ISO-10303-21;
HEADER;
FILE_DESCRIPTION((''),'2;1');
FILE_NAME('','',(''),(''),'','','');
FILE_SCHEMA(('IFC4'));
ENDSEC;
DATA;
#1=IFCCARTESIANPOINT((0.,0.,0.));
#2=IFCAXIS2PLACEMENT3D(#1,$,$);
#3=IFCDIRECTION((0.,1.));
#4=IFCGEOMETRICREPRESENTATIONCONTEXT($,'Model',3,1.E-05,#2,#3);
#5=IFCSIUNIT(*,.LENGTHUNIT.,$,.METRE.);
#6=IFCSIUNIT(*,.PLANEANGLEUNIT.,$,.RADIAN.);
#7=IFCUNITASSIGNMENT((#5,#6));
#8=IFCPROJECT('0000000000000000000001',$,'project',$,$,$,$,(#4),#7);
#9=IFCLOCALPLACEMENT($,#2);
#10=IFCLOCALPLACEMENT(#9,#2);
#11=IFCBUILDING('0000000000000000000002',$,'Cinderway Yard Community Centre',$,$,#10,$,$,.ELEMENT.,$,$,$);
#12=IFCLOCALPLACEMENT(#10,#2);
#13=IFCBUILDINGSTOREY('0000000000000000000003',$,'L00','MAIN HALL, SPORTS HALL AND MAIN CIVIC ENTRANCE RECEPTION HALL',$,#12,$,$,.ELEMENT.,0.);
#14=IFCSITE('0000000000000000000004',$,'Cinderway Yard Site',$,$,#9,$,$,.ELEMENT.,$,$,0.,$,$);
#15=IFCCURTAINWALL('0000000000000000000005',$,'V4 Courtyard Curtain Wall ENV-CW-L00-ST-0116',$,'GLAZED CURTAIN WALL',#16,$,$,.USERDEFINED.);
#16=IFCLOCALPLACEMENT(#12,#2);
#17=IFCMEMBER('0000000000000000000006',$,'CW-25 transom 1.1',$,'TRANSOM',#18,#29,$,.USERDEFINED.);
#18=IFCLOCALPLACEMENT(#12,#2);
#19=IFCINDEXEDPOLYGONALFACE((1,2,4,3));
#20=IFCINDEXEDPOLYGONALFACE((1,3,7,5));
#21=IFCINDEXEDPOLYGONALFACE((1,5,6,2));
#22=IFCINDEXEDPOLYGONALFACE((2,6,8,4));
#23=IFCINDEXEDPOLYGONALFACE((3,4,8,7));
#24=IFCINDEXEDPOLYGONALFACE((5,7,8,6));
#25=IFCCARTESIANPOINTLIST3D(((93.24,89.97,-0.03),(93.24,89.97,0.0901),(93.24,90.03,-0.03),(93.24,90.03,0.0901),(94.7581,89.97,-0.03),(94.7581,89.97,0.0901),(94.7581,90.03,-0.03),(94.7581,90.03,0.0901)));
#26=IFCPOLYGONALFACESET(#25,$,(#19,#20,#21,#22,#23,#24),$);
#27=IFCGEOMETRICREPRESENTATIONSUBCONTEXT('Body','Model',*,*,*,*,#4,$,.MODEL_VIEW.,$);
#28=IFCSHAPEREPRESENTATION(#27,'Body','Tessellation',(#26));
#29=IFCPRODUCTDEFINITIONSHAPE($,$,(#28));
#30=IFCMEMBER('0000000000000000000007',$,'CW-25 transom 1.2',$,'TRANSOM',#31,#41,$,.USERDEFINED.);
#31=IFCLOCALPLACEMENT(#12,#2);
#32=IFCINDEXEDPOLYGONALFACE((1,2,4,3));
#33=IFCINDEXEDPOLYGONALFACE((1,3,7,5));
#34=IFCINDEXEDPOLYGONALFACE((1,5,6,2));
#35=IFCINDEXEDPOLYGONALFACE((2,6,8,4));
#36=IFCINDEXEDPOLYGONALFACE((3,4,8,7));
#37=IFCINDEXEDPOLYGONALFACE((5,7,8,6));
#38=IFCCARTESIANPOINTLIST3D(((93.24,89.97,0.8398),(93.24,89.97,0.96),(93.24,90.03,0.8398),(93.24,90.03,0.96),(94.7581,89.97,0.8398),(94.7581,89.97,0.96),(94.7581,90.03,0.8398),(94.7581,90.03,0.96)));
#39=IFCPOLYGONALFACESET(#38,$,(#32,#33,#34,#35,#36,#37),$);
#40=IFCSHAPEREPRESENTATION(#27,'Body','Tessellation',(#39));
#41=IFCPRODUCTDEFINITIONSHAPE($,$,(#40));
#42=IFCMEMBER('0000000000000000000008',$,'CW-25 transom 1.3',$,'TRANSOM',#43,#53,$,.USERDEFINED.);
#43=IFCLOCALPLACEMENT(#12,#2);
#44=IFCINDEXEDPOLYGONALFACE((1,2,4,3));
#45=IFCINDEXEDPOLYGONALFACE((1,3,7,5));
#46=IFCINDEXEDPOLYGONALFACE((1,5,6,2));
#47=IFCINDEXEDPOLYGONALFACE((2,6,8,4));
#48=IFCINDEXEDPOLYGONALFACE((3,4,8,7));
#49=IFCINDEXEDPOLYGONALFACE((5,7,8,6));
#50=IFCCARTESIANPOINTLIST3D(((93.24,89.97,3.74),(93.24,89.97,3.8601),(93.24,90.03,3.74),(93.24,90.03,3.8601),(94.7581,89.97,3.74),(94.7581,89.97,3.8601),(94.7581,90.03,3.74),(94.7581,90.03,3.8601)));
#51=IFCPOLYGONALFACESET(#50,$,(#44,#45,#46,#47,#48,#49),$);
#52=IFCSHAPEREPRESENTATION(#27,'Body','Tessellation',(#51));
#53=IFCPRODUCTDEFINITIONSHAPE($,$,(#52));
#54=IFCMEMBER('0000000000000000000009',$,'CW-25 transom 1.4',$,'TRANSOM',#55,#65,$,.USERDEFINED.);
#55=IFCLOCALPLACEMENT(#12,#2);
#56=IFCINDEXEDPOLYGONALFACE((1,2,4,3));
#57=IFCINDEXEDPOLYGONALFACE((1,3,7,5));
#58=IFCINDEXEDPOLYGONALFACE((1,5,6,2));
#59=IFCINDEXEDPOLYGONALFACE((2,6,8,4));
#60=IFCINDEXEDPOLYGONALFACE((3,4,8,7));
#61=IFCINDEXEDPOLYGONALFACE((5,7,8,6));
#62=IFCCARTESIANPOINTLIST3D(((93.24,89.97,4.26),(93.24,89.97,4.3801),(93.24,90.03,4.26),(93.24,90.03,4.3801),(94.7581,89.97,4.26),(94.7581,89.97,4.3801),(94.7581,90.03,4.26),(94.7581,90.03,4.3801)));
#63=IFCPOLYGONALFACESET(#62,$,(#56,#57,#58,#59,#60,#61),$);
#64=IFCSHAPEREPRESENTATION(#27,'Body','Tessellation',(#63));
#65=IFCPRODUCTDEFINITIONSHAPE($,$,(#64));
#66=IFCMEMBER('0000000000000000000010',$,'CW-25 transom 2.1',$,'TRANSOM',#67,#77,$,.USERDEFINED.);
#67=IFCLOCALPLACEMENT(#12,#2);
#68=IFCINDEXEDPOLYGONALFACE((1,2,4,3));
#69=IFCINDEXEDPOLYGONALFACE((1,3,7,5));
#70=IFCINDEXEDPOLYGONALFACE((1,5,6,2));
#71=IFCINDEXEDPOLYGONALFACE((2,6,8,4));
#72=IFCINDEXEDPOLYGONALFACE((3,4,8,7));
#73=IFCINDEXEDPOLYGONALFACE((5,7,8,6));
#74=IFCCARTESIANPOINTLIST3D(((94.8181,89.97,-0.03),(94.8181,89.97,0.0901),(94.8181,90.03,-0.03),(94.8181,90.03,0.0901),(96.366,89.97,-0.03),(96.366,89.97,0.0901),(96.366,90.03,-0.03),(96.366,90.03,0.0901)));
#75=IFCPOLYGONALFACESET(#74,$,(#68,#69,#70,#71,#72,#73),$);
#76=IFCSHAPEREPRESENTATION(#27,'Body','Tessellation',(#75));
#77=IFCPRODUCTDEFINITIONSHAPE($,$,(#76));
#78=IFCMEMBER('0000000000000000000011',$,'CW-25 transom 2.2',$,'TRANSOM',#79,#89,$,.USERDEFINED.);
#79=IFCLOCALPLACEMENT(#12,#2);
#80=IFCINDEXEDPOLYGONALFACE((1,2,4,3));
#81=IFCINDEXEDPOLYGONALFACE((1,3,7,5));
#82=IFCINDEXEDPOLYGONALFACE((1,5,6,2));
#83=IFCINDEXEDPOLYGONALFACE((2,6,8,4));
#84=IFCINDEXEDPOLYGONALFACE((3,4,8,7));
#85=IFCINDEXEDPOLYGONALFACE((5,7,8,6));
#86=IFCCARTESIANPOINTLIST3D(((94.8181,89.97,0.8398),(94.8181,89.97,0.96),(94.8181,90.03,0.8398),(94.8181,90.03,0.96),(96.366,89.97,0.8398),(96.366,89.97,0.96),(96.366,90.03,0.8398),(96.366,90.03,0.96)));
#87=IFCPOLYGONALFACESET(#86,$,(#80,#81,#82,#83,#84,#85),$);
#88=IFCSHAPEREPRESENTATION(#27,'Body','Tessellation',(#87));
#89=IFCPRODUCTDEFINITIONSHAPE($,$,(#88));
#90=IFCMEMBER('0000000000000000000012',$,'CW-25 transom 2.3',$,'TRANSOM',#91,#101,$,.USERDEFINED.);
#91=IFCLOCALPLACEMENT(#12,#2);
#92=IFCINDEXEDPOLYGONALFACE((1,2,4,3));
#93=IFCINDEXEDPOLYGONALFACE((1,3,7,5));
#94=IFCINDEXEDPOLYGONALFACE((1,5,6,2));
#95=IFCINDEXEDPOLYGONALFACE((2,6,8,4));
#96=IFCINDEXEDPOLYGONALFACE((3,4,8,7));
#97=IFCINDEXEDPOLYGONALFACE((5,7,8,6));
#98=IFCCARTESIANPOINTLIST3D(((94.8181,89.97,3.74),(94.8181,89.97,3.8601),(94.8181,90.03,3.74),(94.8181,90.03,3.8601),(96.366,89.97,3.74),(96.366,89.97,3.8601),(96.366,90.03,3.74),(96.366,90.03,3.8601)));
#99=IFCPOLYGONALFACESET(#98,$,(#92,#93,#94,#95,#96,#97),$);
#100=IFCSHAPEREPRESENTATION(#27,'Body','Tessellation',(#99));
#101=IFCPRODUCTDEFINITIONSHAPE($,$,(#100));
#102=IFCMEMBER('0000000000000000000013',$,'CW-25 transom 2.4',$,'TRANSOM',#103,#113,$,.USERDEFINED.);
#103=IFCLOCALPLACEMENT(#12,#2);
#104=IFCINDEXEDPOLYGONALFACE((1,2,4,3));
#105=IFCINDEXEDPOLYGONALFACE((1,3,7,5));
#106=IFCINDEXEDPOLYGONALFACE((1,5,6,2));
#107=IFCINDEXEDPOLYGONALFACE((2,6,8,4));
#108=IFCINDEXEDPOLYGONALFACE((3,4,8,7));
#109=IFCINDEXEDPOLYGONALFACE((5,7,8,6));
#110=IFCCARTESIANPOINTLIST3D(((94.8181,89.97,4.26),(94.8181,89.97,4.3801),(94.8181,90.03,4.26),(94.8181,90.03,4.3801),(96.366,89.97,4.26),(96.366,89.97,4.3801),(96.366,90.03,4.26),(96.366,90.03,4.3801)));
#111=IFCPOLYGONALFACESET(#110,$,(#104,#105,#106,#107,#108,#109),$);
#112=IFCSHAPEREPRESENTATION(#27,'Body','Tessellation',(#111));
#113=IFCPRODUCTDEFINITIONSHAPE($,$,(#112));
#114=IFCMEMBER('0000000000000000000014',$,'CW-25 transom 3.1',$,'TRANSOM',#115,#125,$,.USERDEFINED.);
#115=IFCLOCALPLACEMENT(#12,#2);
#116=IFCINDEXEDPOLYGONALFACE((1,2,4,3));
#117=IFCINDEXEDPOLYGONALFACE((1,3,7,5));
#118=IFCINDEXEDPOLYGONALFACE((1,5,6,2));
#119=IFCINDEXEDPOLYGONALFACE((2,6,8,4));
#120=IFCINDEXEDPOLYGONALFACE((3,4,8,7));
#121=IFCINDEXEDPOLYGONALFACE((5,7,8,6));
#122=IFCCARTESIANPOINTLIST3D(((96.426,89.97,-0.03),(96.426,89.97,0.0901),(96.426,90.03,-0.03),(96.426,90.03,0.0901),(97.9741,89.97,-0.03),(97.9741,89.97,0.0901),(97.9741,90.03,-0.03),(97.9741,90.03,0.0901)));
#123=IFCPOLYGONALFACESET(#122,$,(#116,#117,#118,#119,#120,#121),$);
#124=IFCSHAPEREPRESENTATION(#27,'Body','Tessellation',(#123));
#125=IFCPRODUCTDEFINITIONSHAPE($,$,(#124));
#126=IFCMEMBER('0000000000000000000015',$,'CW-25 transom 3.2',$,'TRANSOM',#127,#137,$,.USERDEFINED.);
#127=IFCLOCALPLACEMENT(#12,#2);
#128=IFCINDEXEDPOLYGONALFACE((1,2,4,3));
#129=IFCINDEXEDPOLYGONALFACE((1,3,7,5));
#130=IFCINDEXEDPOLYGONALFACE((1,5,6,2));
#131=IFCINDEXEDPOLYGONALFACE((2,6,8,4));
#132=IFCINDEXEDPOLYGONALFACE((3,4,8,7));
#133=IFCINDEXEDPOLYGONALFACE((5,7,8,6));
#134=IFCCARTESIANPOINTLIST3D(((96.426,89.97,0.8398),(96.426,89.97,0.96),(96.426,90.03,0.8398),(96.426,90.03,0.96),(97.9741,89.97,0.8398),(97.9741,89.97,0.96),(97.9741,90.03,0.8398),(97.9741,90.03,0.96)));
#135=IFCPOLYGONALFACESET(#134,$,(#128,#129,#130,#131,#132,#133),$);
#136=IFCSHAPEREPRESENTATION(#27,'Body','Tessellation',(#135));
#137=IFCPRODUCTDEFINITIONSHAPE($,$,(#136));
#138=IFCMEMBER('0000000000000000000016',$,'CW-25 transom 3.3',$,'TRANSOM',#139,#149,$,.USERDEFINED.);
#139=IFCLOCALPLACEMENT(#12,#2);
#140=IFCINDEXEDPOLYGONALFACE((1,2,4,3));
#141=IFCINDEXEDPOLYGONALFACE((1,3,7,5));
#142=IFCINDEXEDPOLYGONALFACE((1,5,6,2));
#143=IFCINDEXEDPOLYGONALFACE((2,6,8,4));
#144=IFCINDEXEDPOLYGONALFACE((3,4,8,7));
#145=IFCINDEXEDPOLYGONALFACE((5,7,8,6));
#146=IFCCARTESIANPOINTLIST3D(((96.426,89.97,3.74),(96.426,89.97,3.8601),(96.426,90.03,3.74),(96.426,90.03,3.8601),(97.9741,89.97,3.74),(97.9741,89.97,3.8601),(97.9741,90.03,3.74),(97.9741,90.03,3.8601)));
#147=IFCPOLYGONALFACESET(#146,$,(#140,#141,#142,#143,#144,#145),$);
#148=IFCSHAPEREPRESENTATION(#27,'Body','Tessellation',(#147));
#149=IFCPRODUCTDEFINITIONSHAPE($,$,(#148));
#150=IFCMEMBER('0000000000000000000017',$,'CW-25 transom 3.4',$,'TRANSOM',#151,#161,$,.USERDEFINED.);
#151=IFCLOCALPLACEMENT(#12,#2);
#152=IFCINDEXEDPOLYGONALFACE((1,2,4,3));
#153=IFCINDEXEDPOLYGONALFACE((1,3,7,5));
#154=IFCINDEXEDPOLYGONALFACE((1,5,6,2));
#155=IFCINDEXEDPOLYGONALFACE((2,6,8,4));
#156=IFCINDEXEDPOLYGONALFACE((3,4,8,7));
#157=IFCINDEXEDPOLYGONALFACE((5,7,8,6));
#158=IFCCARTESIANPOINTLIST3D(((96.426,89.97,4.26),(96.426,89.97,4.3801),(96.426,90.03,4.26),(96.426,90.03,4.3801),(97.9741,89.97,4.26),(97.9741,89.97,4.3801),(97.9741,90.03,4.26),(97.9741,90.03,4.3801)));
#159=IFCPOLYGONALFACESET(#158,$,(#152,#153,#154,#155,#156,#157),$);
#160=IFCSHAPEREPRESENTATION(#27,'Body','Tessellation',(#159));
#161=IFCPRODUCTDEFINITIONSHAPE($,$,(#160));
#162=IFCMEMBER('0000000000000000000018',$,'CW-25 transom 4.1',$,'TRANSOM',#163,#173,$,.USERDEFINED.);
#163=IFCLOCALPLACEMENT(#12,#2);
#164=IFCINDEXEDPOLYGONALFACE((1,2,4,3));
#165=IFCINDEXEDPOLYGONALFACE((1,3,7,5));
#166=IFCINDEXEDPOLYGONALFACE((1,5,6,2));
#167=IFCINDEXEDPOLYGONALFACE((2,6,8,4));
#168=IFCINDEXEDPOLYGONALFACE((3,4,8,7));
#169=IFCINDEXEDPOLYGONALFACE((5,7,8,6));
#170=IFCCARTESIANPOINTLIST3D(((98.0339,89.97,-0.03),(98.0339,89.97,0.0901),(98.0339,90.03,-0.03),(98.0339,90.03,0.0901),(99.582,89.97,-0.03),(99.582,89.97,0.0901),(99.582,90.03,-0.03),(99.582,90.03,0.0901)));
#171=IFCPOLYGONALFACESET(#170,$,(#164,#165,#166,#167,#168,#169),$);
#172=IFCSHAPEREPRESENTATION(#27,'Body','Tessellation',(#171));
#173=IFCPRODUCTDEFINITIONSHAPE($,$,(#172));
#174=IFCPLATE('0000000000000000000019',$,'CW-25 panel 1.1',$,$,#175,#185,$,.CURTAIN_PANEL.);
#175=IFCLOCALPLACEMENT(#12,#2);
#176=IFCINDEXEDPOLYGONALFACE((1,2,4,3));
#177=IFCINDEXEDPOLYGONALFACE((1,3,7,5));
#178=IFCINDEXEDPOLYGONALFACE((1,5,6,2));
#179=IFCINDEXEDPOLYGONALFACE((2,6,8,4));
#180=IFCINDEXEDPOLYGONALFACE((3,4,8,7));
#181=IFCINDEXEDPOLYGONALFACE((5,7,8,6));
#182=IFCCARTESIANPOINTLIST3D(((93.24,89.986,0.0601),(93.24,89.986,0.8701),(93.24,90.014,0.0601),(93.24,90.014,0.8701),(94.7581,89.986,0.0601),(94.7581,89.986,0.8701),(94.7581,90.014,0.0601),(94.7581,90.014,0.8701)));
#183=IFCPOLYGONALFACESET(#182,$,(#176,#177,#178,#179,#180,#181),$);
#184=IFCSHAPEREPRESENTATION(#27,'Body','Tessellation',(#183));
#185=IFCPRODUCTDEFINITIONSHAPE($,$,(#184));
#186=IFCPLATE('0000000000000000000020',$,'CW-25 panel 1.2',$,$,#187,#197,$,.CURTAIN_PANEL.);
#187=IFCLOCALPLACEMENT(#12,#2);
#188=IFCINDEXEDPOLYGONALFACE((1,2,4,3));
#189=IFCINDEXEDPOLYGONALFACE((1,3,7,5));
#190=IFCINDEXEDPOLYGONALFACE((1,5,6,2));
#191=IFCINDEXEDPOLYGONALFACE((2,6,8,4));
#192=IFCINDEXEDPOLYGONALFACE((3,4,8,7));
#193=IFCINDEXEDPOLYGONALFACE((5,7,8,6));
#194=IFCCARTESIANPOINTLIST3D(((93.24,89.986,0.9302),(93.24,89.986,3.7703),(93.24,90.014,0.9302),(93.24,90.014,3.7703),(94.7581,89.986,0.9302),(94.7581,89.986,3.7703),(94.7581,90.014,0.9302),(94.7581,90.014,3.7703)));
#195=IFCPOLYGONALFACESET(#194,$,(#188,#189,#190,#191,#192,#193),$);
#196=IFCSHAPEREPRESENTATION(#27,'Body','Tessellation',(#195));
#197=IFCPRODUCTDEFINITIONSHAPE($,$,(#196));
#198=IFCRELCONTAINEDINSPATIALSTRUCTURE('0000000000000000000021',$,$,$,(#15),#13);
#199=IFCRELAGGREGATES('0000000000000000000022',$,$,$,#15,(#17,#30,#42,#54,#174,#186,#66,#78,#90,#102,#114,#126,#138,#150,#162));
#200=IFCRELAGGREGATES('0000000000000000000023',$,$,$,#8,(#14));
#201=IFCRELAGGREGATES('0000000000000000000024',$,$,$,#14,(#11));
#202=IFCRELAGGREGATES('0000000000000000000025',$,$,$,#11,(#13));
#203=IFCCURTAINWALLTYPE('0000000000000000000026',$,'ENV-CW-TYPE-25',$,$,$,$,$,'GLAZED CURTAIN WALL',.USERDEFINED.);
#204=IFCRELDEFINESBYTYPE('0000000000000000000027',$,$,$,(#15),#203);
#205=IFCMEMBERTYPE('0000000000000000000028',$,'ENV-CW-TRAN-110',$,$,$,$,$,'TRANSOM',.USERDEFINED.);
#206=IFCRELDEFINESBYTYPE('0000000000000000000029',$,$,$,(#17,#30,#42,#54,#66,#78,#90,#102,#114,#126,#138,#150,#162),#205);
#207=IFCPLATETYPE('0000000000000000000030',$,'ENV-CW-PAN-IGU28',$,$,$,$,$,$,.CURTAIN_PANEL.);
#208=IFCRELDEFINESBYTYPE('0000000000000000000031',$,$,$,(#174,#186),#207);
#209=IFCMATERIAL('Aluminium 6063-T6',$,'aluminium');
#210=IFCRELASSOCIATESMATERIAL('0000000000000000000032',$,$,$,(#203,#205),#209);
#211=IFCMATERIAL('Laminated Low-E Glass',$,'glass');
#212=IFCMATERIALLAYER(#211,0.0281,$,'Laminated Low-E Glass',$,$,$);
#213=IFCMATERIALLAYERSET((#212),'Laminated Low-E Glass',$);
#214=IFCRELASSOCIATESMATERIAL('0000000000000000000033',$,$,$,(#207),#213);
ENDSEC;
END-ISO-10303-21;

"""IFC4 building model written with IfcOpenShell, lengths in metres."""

from ifc_helpers import new_model, si_unit, direction, frame, origin, origin_2d, place, context, subcontext, project, spatial, rectangle, extrude, material, layer, layer_set, material_profile, profile_set, type_object, element, aggregate, save


model = new_model("IFC4")

# Units and contexts
model_context = context("Model", 3, precision=1e-05, world=origin(), true_north=direction((0.0, 1.0)))
body_context = subcontext(model_context, "Body", "Model", "MODEL_VIEW")
ifc_project = project(units=[si_unit("LENGTHUNIT", "METRE"), si_unit("PLANEANGLEUNIT", "RADIAN")], contexts=[model_context])

# Site, building, storey
site_placement = place(None, origin())
site = spatial("IfcSite", under=ifc_project, at=site_placement, Name="Cinderway Yard Site", CompositionType="ELEMENT", RefElevation=0.0)
building_placement = place(site_placement, origin())
building = spatial("IfcBuilding", under=site, at=building_placement, Name="Cinderway Yard Community Centre", CompositionType="ELEMENT")
storey_placement = place(building_placement, origin())
storey = spatial("IfcBuildingStorey", under=building, at=storey_placement, Name="L00", Description="MAIN HALL, SPORTS HALL AND MAIN CIVIC ENTRANCE RECEPTION HALL", CompositionType="ELEMENT", Elevation=0.0)

# Curtain wall, members, plates
ifc_material_1 = material(Name="Aluminium 6063-T6", Category="aluminium")
curtain_wall_type = type_object("IfcCurtainWallType", Name="ENV-CW-TYPE-25", ElementType="GLAZED CURTAIN WALL", PredefinedType="USERDEFINED", material=ifc_material_1)
curtain_wall_placement = place(storey_placement, origin())
curtain_wall = element("IfcCurtainWall", 1, at=curtain_wall_placement, inside=storey, type_object=curtain_wall_type, Name="V4 Courtyard Curtain Wall ENV-CW-L00-ST-0116", ObjectType="GLAZED CURTAIN WALL", PredefinedType="USERDEFINED")
ifc_material_profile_1 = material_profile(ifc_material_1, rectangle(XDim=0.0601, YDim=0.1201, at=origin_2d()), Name="Aluminium 6063-T6")
ifc_profile_set_1 = profile_set([ifc_material_profile_1], Name="Aluminium 6063-T6")
member_type_1 = type_object("IfcMemberType", Name="ENV-CW-TRAN-110", ElementType="TRANSOM", PredefinedType="USERDEFINED", material=ifc_profile_set_1)
member_1_placement = place(storey_placement, frame((93.24, 90.0, 0.03), z_axis=(1.0, 0.0, 0.0), x_axis=(0.0, 1.0, 0.0)))
member_1 = element("IfcMember", 2, at=member_1_placement, type_object=member_type_1, Name="CW-25 transom 1.1", ObjectType="TRANSOM", PredefinedType="USERDEFINED", context=body_context, shape_type="SweptSolid", body=[
    extrude(rectangle(XDim=0.0601, YDim=0.1201, at=origin_2d()), origin(), (0.0, 0.0, 1.0), 1.5181),
])
member_2_placement = place(storey_placement, frame((93.24, 90.0, 0.8999), z_axis=(1.0, 0.0, 0.0), x_axis=(0.0, 1.0, 0.0)))
member_2 = element("IfcMember", 3, at=member_2_placement, type_object=member_type_1, Name="CW-25 transom 1.2", ObjectType="TRANSOM", PredefinedType="USERDEFINED", context=body_context, shape_type="SweptSolid", body=[
    extrude(rectangle(XDim=0.0601, YDim=0.1201, at=origin_2d()), origin(), (0.0, 0.0, 1.0), 1.5181),
])
member_3_placement = place(storey_placement, frame((93.24, 90.0, 3.8), z_axis=(1.0, 0.0, 0.0), x_axis=(0.0, 1.0, 0.0)))
member_3 = element("IfcMember", 4, at=member_3_placement, type_object=member_type_1, Name="CW-25 transom 1.3", ObjectType="TRANSOM", PredefinedType="USERDEFINED", context=body_context, shape_type="SweptSolid", body=[
    extrude(rectangle(XDim=0.0601, YDim=0.1201, at=origin_2d()), origin(), (0.0, 0.0, 1.0), 1.5181),
])
member_4_placement = place(storey_placement, frame((93.24, 90.0, 4.3201), z_axis=(1.0, 0.0, 0.0), x_axis=(0.0, 1.0, 0.0)))
member_4 = element("IfcMember", 5, at=member_4_placement, type_object=member_type_1, Name="CW-25 transom 1.4", ObjectType="TRANSOM", PredefinedType="USERDEFINED", context=body_context, shape_type="SweptSolid", body=[
    extrude(rectangle(XDim=0.0601, YDim=0.1201, at=origin_2d()), origin(), (0.0, 0.0, 1.0), 1.5181),
])
member_5_placement = place(storey_placement, frame((94.8181, 90.0, 0.03), z_axis=(1.0, 0.0, 0.0), x_axis=(0.0, 1.0, 0.0)))
member_5 = element("IfcMember", 6, at=member_5_placement, type_object=member_type_1, Name="CW-25 transom 2.1", ObjectType="TRANSOM", PredefinedType="USERDEFINED", context=body_context, shape_type="SweptSolid", body=[
    extrude(rectangle(XDim=0.0601, YDim=0.1201, at=origin_2d()), origin(), (0.0, 0.0, 1.0), 1.5479),
])
member_6_placement = place(storey_placement, frame((94.8181, 90.0, 0.8999), z_axis=(1.0, 0.0, 0.0), x_axis=(0.0, 1.0, 0.0)))
member_6 = element("IfcMember", 7, at=member_6_placement, type_object=member_type_1, Name="CW-25 transom 2.2", ObjectType="TRANSOM", PredefinedType="USERDEFINED", context=body_context, shape_type="SweptSolid", body=[
    extrude(rectangle(XDim=0.0601, YDim=0.1201, at=origin_2d()), origin(), (0.0, 0.0, 1.0), 1.5479),
])
member_7_placement = place(storey_placement, frame((94.8181, 90.0, 3.8), z_axis=(1.0, 0.0, 0.0), x_axis=(0.0, 1.0, 0.0)))
member_7 = element("IfcMember", 8, at=member_7_placement, type_object=member_type_1, Name="CW-25 transom 2.3", ObjectType="TRANSOM", PredefinedType="USERDEFINED", context=body_context, shape_type="SweptSolid", body=[
    extrude(rectangle(XDim=0.0601, YDim=0.1201, at=origin_2d()), origin(), (0.0, 0.0, 1.0), 1.5479),
])
member_8_placement = place(storey_placement, frame((94.8181, 90.0, 4.3201), z_axis=(1.0, 0.0, 0.0), x_axis=(0.0, 1.0, 0.0)))
member_8 = element("IfcMember", 9, at=member_8_placement, type_object=member_type_1, Name="CW-25 transom 2.4", ObjectType="TRANSOM", PredefinedType="USERDEFINED", context=body_context, shape_type="SweptSolid", body=[
    extrude(rectangle(XDim=0.0601, YDim=0.1201, at=origin_2d()), origin(), (0.0, 0.0, 1.0), 1.5479),
])
member_9_placement = place(storey_placement, frame((96.426, 90.0, 0.03), z_axis=(1.0, 0.0, 0.0), x_axis=(0.0, 1.0, 0.0)))
member_9 = element("IfcMember", 10, at=member_9_placement, type_object=member_type_1, Name="CW-25 transom 3.1", ObjectType="TRANSOM", PredefinedType="USERDEFINED", context=body_context, shape_type="SweptSolid", body=[
    extrude(rectangle(XDim=0.0601, YDim=0.1201, at=origin_2d()), origin(), (0.0, 0.0, 1.0), 1.5481),
])
member_10_placement = place(storey_placement, frame((96.426, 90.0, 0.8999), z_axis=(1.0, 0.0, 0.0), x_axis=(0.0, 1.0, 0.0)))
member_10 = element("IfcMember", 11, at=member_10_placement, type_object=member_type_1, Name="CW-25 transom 3.2", ObjectType="TRANSOM", PredefinedType="USERDEFINED", context=body_context, shape_type="SweptSolid", body=[
    extrude(rectangle(XDim=0.0601, YDim=0.1201, at=origin_2d()), origin(), (0.0, 0.0, 1.0), 1.5481),
])
member_11_placement = place(storey_placement, frame((96.426, 90.0, 3.8), z_axis=(1.0, 0.0, 0.0), x_axis=(0.0, 1.0, 0.0)))
member_11 = element("IfcMember", 12, at=member_11_placement, type_object=member_type_1, Name="CW-25 transom 3.3", ObjectType="TRANSOM", PredefinedType="USERDEFINED", context=body_context, shape_type="SweptSolid", body=[
    extrude(rectangle(XDim=0.0601, YDim=0.1201, at=origin_2d()), origin(), (0.0, 0.0, 1.0), 1.5481),
])
member_12_placement = place(storey_placement, frame((96.426, 90.0, 4.3201), z_axis=(1.0, 0.0, 0.0), x_axis=(0.0, 1.0, 0.0)))
member_12 = element("IfcMember", 13, at=member_12_placement, type_object=member_type_1, Name="CW-25 transom 3.4", ObjectType="TRANSOM", PredefinedType="USERDEFINED", context=body_context, shape_type="SweptSolid", body=[
    extrude(rectangle(XDim=0.0601, YDim=0.1201, at=origin_2d()), origin(), (0.0, 0.0, 1.0), 1.5481),
])
member_13_placement = place(storey_placement, frame((98.0339, 90.0, 0.03), z_axis=(1.0, 0.0, 0.0), x_axis=(0.0, 1.0, 0.0)))
member_13 = element("IfcMember", 14, at=member_13_placement, type_object=member_type_1, Name="CW-25 transom 4.1", ObjectType="TRANSOM", PredefinedType="USERDEFINED", context=body_context, shape_type="SweptSolid", body=[
    extrude(rectangle(XDim=0.0601, YDim=0.1201, at=origin_2d()), origin(), (0.0, 0.0, 1.0), 1.5481),
])
ifc_material_2 = material(Name="Laminated Low-E Glass", Category="glass")
ifc_layer_1 = layer(ifc_material_2, 0.0281, Name="Laminated Low-E Glass")
ifc_layer_set_1 = layer_set([ifc_layer_1], Name="Laminated Low-E Glass")
plate_type = type_object("IfcPlateType", Name="ENV-CW-PAN-IGU28", PredefinedType="CURTAIN_PANEL", material=ifc_layer_set_1)
plate_1_placement = place(storey_placement, frame((93.999, 90.0, 0.0601), z_axis=(0.0, 0.0, 1.0), x_axis=(1.0, 0.0, 0.0)))
plate_1 = element("IfcPlate", 15, at=plate_1_placement, type_object=plate_type, Name="CW-25 panel 1.1", PredefinedType="CURTAIN_PANEL", context=body_context, shape_type="SweptSolid", body=[
    extrude(rectangle(XDim=1.5181, YDim=0.0281, at=origin_2d()), origin(), (0.0, 0.0, 1.0), 0.8101),
])
plate_2_placement = place(storey_placement, frame((93.999, 90.0, 0.9302), z_axis=(0.0, 0.0, 1.0), x_axis=(1.0, 0.0, 0.0)))
plate_2 = element("IfcPlate", 16, at=plate_2_placement, type_object=plate_type, Name="CW-25 panel 1.2", PredefinedType="CURTAIN_PANEL", context=body_context, shape_type="SweptSolid", body=[
    extrude(rectangle(XDim=1.5181, YDim=0.0281, at=origin_2d()), origin(), (0.0, 0.0, 1.0), 2.8401),
])
aggregate(curtain_wall, [member_1, member_2, member_3, member_4, plate_1, plate_2, member_5, member_6, member_7, member_8, member_9, member_10, member_11, member_12, member_13])

save(model, "model.ifc")
